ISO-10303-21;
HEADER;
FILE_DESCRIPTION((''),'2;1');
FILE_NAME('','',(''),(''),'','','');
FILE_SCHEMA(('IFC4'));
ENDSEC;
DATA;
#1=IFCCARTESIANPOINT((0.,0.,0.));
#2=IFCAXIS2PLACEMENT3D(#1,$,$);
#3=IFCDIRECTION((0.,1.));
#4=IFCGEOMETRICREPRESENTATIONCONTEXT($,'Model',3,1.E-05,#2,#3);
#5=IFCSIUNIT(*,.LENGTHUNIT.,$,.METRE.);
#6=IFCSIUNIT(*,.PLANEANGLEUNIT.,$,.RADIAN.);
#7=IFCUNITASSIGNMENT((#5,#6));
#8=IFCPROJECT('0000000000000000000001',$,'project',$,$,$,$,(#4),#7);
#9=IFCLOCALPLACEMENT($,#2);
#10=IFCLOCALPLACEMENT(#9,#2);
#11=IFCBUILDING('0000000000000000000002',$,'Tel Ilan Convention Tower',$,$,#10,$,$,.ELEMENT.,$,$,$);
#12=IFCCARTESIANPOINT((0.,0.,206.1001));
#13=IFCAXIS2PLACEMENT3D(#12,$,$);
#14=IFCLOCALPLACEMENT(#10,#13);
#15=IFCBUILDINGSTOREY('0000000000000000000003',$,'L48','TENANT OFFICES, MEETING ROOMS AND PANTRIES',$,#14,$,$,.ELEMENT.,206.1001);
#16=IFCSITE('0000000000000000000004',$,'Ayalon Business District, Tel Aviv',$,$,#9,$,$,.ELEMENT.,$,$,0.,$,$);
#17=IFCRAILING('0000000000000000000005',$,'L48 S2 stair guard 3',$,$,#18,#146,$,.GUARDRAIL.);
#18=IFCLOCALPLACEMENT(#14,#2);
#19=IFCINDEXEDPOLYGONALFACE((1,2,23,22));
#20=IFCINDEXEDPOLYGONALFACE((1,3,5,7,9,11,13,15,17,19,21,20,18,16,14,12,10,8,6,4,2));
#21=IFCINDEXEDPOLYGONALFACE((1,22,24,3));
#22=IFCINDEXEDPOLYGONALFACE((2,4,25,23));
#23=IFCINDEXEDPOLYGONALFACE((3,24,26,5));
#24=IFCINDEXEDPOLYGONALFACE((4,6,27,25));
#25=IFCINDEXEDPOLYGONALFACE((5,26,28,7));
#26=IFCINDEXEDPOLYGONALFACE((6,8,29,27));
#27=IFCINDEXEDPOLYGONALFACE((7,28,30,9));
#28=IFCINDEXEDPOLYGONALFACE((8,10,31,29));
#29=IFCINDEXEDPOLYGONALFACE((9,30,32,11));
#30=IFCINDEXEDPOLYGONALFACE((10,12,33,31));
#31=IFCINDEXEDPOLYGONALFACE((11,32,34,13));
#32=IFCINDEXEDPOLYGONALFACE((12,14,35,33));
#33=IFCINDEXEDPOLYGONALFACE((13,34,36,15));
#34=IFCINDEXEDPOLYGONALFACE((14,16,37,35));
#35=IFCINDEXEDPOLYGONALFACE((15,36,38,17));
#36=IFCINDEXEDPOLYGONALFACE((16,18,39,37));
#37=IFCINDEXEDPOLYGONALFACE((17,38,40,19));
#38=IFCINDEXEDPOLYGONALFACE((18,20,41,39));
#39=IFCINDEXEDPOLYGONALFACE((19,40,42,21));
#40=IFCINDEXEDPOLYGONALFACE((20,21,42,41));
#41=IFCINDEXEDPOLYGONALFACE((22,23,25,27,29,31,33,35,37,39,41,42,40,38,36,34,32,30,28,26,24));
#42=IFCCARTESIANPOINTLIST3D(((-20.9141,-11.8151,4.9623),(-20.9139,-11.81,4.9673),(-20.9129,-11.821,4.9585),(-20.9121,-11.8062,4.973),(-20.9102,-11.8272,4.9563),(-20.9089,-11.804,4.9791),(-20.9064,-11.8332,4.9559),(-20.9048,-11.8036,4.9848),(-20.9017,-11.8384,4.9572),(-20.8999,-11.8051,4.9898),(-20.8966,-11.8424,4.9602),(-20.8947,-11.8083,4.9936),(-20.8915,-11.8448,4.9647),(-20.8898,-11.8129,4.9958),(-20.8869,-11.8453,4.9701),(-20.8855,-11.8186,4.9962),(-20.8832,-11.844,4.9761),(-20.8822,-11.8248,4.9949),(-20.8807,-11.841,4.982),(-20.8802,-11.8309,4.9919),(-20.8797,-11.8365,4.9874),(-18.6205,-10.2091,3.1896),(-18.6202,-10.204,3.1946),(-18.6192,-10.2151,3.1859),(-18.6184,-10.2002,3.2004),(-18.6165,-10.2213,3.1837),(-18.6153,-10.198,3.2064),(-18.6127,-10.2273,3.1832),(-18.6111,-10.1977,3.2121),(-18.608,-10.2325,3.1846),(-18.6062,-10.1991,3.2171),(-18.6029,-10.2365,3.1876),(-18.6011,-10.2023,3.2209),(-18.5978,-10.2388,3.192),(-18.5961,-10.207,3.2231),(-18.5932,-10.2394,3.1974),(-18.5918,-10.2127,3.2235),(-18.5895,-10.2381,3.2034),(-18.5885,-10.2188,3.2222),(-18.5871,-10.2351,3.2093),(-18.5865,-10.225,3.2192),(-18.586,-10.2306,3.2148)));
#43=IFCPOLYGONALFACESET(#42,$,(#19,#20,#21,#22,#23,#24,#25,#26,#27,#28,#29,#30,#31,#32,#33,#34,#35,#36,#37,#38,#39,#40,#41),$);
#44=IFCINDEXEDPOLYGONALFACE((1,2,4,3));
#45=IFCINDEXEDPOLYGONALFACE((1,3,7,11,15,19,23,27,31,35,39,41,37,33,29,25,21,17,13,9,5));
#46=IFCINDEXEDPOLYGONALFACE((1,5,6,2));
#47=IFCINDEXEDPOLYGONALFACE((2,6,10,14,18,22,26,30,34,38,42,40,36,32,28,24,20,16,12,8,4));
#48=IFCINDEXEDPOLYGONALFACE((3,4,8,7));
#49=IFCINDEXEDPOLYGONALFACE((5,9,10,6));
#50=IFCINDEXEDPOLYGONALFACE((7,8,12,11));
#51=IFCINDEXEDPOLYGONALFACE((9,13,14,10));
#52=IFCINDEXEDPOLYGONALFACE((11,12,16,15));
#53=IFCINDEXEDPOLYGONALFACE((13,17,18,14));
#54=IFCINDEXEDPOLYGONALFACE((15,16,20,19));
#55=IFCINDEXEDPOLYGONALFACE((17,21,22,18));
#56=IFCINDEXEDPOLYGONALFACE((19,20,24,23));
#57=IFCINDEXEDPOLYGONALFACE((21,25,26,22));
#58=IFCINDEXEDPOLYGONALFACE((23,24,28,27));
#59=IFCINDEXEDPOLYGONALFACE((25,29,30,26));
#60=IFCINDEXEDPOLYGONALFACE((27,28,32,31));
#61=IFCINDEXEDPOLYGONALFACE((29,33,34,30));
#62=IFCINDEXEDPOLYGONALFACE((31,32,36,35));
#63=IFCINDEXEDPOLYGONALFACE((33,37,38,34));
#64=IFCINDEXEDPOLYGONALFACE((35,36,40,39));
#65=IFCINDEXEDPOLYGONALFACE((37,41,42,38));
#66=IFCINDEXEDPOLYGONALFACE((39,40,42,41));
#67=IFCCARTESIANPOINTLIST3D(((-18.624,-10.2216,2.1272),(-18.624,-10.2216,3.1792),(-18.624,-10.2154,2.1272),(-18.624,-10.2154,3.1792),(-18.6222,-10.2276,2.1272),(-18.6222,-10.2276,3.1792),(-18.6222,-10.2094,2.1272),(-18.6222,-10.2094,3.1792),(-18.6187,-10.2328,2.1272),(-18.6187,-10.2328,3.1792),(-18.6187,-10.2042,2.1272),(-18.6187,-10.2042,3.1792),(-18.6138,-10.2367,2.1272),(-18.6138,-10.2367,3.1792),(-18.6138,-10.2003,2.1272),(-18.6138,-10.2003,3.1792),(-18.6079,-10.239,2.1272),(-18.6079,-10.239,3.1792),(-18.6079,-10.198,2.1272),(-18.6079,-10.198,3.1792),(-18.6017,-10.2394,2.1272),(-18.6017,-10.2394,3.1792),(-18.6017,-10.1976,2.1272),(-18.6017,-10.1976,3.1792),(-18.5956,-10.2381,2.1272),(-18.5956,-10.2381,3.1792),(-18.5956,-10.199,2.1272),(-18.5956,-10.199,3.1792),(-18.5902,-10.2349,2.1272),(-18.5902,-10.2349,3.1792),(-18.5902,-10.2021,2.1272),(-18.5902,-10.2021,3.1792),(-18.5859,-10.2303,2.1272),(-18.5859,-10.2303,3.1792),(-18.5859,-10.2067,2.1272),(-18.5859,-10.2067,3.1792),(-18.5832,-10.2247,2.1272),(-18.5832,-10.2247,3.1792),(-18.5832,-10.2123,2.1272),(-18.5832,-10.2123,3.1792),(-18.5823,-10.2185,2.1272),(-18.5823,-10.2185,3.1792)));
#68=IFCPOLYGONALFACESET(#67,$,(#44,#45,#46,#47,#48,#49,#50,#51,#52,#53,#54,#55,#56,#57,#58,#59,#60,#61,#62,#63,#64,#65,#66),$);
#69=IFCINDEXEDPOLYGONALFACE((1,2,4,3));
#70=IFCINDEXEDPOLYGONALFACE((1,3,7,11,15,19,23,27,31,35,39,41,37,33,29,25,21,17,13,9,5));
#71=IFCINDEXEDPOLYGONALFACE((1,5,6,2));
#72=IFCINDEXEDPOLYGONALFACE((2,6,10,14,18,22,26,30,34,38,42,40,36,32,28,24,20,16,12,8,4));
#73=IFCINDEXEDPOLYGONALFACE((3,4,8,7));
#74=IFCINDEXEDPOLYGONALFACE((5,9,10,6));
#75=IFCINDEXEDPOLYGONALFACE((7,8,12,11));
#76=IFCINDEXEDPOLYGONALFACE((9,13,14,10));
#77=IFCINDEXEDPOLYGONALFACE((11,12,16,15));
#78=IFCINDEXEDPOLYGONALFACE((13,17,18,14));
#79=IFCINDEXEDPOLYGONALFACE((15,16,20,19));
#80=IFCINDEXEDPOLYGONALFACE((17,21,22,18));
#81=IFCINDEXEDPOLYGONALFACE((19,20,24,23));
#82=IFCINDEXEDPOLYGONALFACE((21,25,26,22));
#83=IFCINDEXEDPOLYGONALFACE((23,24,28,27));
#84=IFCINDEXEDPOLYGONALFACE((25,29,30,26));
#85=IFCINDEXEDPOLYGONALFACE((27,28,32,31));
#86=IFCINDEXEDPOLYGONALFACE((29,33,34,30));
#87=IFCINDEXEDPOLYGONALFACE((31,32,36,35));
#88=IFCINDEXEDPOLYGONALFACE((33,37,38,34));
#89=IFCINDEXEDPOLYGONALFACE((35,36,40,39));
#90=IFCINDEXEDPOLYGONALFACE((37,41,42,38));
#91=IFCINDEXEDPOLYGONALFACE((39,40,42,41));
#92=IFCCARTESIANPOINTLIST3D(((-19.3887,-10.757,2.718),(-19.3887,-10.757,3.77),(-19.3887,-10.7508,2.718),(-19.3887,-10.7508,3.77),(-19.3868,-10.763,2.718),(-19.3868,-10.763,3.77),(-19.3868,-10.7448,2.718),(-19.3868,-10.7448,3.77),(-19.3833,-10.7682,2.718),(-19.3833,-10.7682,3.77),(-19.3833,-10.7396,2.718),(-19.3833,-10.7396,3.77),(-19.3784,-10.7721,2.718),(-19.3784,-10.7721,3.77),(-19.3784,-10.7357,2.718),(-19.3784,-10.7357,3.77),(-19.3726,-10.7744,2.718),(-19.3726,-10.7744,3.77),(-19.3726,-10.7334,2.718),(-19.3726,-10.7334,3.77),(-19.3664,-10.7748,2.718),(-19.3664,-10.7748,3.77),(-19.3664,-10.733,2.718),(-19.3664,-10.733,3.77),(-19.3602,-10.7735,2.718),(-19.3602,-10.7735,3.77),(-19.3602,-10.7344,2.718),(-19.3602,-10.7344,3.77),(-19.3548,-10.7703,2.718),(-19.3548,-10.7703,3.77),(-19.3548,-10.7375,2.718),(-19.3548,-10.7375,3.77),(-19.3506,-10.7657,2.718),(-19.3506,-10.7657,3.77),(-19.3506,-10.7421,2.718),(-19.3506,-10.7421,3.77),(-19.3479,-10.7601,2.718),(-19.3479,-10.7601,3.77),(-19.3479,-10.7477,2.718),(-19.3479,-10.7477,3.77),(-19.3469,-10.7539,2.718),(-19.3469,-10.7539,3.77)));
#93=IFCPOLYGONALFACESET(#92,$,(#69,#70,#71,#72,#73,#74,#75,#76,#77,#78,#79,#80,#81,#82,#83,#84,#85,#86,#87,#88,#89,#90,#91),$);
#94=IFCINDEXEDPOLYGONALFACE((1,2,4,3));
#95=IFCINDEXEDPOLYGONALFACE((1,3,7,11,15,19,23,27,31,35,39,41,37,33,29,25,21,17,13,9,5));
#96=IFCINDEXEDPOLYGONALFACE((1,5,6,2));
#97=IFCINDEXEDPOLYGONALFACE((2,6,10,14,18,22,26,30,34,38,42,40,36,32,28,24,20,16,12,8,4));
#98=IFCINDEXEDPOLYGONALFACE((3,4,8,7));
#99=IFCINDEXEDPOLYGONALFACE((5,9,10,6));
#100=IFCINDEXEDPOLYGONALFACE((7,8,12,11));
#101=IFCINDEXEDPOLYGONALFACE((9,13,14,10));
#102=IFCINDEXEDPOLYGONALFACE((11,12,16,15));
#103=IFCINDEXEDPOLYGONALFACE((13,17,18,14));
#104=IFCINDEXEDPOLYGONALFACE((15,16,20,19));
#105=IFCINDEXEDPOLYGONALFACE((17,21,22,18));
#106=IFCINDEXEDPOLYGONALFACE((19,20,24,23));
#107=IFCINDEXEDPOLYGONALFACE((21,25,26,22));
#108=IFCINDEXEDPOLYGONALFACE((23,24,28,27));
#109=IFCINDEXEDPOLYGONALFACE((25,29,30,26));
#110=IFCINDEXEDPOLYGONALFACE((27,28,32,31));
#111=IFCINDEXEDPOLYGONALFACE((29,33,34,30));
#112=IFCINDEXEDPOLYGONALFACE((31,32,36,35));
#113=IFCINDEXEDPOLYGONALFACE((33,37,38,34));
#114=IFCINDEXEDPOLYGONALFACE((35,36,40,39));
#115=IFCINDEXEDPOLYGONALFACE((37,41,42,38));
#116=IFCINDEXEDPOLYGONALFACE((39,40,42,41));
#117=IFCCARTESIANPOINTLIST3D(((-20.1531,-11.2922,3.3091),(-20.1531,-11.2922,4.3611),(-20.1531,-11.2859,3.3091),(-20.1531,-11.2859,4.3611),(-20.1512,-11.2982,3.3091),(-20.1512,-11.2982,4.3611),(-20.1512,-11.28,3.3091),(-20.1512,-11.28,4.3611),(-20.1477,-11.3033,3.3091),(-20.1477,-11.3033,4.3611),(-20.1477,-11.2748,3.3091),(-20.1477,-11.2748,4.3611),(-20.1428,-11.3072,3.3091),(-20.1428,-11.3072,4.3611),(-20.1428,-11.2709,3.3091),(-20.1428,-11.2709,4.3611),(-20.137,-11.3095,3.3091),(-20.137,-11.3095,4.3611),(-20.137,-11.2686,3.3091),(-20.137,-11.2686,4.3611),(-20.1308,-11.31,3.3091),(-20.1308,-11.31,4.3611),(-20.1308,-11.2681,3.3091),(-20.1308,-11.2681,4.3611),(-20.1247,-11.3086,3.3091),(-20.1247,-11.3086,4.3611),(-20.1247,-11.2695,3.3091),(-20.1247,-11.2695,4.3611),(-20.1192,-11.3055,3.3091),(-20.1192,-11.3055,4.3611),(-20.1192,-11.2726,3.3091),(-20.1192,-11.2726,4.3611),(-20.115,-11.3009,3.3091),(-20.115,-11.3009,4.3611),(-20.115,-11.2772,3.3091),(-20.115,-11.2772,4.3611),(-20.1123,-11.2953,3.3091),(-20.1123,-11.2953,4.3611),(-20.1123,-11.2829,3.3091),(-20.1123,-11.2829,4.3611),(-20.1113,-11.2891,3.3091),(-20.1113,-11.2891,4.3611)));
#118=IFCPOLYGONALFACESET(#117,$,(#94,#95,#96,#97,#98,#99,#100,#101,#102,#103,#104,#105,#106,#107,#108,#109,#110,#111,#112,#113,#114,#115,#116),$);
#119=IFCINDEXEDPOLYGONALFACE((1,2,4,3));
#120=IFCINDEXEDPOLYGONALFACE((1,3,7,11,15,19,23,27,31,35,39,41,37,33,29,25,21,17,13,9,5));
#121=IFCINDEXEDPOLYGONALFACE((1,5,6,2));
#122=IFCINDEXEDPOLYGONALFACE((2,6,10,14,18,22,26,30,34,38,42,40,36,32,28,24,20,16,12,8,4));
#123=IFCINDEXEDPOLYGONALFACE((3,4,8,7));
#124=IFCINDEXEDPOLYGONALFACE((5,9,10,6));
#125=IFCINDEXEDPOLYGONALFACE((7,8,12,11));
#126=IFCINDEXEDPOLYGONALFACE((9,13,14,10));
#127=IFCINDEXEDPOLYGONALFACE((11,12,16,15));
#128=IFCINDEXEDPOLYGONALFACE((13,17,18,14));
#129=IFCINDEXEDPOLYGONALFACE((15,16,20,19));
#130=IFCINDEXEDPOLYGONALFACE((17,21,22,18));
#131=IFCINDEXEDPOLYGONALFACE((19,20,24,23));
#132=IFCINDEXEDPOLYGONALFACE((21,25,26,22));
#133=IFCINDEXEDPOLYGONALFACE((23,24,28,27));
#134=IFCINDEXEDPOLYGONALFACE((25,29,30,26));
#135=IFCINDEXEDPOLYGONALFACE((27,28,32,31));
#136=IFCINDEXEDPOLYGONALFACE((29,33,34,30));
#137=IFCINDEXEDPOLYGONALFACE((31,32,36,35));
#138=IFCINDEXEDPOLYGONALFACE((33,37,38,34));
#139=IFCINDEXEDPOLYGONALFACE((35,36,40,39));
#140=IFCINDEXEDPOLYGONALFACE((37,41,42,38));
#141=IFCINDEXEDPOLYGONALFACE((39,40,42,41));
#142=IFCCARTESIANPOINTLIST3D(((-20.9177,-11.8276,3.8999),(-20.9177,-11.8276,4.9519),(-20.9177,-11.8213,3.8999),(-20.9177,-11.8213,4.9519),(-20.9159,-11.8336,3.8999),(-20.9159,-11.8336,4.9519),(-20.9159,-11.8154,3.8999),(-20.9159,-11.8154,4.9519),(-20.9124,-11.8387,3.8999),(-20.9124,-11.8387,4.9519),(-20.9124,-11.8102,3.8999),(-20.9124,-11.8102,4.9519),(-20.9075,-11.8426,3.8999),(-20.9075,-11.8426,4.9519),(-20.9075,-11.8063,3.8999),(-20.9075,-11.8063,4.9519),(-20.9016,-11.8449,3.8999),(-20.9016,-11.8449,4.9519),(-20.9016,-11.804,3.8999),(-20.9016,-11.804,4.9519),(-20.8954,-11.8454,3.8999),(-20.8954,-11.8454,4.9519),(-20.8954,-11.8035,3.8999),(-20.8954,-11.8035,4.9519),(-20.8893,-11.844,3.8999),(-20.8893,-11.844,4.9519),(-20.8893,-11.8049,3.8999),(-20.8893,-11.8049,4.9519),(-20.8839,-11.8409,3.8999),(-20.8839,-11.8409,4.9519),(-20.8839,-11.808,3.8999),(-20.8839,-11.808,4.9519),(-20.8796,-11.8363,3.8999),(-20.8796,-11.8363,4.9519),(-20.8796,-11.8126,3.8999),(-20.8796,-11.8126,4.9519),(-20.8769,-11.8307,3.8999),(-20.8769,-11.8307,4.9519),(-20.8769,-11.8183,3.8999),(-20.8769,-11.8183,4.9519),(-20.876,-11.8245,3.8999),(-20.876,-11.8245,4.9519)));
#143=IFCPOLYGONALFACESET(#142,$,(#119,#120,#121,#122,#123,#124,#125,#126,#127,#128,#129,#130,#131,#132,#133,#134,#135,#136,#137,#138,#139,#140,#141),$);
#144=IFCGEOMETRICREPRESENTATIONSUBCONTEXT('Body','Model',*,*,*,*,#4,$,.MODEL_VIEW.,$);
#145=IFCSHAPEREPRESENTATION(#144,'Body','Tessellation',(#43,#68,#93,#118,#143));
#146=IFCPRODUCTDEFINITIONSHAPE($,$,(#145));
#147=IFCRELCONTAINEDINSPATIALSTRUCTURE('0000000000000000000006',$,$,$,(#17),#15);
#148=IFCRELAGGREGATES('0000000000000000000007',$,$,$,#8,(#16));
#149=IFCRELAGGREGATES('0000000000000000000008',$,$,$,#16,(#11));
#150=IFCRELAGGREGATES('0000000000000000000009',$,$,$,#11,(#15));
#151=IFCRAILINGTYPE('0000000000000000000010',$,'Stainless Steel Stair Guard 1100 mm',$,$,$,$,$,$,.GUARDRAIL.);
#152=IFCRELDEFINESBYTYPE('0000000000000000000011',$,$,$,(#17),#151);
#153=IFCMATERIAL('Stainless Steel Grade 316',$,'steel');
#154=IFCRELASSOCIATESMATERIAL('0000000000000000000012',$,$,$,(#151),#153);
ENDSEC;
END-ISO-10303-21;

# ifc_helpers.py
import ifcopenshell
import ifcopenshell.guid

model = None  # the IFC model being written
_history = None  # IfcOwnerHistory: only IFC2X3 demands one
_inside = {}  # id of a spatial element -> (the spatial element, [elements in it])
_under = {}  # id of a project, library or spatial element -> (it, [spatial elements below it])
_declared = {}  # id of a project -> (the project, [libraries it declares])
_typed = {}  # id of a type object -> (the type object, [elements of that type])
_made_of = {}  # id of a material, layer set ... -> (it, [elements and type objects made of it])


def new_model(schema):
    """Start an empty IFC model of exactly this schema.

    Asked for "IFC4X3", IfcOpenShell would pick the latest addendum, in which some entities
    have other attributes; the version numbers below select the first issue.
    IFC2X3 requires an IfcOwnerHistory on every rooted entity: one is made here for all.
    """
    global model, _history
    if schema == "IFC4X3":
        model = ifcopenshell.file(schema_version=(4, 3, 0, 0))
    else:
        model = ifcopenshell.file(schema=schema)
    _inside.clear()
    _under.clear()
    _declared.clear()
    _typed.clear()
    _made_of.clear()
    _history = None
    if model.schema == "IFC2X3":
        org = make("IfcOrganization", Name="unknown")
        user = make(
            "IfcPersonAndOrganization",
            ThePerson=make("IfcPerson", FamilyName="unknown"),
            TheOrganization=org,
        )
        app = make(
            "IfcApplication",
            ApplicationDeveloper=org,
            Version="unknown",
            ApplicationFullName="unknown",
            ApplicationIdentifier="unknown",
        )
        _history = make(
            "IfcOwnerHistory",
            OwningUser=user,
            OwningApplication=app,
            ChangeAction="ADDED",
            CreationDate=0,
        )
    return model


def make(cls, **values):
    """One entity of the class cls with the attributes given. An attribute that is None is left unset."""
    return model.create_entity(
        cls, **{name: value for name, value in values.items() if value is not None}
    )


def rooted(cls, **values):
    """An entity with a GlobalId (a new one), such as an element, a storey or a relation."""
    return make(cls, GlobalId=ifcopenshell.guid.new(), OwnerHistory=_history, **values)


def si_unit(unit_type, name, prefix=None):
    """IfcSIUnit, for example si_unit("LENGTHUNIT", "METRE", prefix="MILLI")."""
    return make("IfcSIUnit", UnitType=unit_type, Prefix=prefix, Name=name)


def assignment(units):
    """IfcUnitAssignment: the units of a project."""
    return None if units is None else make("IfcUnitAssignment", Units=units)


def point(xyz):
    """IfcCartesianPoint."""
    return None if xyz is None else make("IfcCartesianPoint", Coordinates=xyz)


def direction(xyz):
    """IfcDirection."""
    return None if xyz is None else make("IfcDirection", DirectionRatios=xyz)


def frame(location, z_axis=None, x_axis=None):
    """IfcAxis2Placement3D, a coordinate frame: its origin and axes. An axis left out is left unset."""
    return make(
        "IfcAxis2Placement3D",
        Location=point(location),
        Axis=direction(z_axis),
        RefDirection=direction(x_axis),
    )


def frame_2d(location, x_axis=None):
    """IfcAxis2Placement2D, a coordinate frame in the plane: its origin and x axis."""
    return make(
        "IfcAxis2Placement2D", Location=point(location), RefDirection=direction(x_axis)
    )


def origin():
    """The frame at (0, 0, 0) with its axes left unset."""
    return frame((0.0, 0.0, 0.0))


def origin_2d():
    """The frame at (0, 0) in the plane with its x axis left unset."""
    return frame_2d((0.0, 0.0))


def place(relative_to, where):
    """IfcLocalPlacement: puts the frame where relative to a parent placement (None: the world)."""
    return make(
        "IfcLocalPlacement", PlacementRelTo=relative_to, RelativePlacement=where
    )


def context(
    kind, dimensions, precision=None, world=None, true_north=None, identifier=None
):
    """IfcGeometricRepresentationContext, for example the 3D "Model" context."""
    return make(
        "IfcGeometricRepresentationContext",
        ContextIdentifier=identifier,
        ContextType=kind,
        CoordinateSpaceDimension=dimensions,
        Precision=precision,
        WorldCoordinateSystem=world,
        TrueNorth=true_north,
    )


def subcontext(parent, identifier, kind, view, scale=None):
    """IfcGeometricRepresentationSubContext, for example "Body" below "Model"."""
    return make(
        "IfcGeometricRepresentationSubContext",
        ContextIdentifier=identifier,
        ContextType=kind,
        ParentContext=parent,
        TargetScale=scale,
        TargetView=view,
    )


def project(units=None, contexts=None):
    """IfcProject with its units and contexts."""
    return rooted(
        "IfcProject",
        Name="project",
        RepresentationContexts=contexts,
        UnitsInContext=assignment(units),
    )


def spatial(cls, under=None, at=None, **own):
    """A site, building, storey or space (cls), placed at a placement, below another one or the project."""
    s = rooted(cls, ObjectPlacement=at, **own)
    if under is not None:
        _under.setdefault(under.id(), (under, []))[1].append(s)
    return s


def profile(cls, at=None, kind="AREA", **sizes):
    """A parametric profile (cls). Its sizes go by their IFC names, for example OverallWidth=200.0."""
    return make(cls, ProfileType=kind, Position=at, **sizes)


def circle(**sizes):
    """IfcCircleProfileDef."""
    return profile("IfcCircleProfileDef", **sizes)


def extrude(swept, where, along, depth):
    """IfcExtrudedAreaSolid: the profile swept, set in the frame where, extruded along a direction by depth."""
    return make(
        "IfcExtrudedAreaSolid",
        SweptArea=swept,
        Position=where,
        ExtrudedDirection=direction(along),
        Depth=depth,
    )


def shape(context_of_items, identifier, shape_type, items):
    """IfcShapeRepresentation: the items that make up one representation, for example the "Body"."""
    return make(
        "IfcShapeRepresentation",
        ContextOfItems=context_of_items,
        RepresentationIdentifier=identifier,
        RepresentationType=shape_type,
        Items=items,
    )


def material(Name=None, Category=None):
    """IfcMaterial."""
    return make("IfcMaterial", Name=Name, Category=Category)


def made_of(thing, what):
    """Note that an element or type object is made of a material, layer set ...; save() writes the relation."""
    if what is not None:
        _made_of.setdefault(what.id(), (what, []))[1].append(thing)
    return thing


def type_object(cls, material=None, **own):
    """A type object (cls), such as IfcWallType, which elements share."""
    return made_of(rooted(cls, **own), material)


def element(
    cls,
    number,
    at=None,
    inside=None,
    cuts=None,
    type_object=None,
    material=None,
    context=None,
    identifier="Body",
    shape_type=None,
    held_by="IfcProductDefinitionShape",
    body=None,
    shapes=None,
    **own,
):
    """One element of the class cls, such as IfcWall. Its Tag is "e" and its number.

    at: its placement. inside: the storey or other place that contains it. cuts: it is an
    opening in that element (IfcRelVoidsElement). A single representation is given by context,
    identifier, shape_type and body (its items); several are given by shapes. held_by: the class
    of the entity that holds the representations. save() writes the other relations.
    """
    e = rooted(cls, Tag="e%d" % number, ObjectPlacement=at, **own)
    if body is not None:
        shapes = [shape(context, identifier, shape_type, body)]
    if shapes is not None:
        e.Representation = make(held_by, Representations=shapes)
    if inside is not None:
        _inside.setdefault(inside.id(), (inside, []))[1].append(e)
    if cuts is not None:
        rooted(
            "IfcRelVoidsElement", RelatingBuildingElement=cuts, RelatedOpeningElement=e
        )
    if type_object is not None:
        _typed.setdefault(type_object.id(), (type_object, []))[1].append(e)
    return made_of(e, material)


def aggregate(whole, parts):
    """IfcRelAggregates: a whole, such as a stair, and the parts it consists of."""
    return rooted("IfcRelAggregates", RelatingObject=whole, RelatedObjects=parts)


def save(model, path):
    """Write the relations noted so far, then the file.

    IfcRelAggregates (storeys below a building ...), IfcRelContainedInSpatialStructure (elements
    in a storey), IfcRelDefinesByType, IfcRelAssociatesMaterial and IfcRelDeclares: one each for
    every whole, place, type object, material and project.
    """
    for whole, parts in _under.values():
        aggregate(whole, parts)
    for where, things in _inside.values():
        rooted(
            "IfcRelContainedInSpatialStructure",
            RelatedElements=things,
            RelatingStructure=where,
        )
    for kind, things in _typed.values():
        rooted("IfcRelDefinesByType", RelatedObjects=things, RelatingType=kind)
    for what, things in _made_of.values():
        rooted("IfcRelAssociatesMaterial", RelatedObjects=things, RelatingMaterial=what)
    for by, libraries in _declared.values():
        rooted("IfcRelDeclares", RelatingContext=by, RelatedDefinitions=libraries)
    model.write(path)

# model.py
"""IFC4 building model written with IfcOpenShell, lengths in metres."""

from ifc_helpers import new_model, si_unit, direction, frame, origin, origin_2d, place, context, subcontext, project, spatial, circle, extrude, material, type_object, element, save


model = new_model("IFC4")

# Units and contexts
model_context = context("Model", 3, precision=1e-05, world=origin(), true_north=direction((0.0, 1.0)))
body_context = subcontext(model_context, "Body", "Model", "MODEL_VIEW")
ifc_project = project(units=[si_unit("LENGTHUNIT", "METRE"), si_unit("PLANEANGLEUNIT", "RADIAN")], contexts=[model_context])

# Site, building, storey
site_placement = place(None, origin())
site = spatial("IfcSite", under=ifc_project, at=site_placement, Name="Ayalon Business District, Tel Aviv", CompositionType="ELEMENT", RefElevation=0.0)
building_placement = place(site_placement, origin())
building = spatial("IfcBuilding", under=site, at=building_placement, Name="Tel Ilan Convention Tower", CompositionType="ELEMENT")
storey_placement = place(building_placement, frame((0.0, 0.0, 206.1001)))
storey = spatial("IfcBuildingStorey", under=building, at=storey_placement, Name="L48", Description="TENANT OFFICES, MEETING ROOMS AND PANTRIES", CompositionType="ELEMENT", Elevation=206.1001)

# Railing
ifc_material_1 = material(Name="Stainless Steel Grade 316", Category="steel")
railing_type_1 = type_object("IfcRailingType", Name="Stainless Steel Stair Guard 1100 mm", PredefinedType="GUARDRAIL", material=ifc_material_1)
railing_1_placement = place(storey_placement, frame((-18.6033, -10.2185, 2.1272)))
element("IfcRailing", 1, at=railing_1_placement, inside=storey, type_object=railing_type_1, Name="L48 S2 stair guard 3", PredefinedType="GUARDRAIL", context=body_context, shape_type="SweptSolid", body=[
    extrude(circle(Radius=0.0239, at=origin_2d()), frame((0.0, 0.0, 1.0762), z_axis=(-0.692123, -0.484597, 0.534913), x_axis=(0.57355, -0.81917, 0.0)), (0.0, 0.0, 1.0), 3.314),
    extrude(circle(Radius=0.021, at=origin_2d()), origin(), (0.0, 0.0, 1.0), 1.052),
    extrude(circle(Radius=0.021, at=origin_2d()), frame((-0.7646, -0.5354, 0.5908)), (0.0, 0.0, 1.0), 1.052),
    extrude(circle(Radius=0.021, at=origin_2d()), frame((-1.5291, -1.0706, 1.1819)), (0.0, 0.0, 1.0), 1.052),
    extrude(circle(Radius=0.021, at=origin_2d()), frame((-2.2937, -1.606, 1.7727)), (0.0, 0.0, 1.0), 1.052),
])

save(model, "model.ifc")
